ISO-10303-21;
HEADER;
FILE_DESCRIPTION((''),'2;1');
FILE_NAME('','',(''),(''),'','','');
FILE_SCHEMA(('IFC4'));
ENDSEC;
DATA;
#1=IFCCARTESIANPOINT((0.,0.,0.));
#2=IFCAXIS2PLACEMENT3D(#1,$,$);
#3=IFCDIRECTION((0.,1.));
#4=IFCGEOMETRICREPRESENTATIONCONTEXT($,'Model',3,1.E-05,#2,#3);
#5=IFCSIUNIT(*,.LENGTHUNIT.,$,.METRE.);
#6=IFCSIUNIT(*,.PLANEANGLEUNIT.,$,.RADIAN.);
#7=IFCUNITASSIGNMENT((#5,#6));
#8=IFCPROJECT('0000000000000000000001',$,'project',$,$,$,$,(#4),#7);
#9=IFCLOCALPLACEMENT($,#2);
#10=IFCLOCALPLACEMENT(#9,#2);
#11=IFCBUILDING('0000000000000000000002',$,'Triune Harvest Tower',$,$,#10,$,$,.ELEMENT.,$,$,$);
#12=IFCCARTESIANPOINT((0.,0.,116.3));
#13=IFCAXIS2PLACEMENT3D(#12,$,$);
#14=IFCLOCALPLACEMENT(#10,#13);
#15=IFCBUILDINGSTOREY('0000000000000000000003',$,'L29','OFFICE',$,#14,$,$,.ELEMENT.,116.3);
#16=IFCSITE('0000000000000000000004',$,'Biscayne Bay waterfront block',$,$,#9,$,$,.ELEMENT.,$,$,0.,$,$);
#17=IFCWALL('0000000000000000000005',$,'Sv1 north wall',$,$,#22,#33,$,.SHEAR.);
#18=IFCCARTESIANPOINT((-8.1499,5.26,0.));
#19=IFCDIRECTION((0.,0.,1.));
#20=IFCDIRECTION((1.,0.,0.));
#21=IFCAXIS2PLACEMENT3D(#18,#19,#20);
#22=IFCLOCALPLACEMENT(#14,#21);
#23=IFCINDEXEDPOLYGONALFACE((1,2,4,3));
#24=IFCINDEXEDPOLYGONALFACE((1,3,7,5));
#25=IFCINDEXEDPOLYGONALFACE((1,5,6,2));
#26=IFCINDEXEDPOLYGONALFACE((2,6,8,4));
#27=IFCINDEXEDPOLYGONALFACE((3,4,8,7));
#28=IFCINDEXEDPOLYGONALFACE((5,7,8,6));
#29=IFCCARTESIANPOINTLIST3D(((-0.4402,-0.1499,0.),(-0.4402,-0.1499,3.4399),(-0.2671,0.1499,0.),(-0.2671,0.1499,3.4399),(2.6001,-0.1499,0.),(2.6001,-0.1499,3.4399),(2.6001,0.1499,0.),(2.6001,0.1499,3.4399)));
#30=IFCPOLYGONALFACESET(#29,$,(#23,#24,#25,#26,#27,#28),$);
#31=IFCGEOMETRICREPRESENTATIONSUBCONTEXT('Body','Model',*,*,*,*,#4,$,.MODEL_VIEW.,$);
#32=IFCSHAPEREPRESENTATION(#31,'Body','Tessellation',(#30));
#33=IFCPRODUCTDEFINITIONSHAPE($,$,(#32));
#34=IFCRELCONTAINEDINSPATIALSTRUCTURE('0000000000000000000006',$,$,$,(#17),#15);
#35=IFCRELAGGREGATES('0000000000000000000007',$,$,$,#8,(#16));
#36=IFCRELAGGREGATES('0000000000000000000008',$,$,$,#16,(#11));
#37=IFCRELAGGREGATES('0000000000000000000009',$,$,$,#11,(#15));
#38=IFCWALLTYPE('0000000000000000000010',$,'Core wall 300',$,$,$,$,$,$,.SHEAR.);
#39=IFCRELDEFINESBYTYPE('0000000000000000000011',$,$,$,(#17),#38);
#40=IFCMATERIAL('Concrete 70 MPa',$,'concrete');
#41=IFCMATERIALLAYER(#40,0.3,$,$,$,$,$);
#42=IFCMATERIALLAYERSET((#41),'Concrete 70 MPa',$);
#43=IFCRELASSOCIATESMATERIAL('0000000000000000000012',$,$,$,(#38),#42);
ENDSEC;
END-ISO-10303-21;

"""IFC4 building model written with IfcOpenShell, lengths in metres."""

from ifc_helpers import new_model, si_unit, direction, frame, origin, place, context, subcontext, project, spatial, polyline, outline, extrude, source, transform, mapped, material, layer, layer_set, type_object, element, save


model = new_model("IFC4")

# Units and contexts
model_context = context("Model", 3, precision=1e-05, world=origin(), true_north=direction((0.0, 1.0)))
body_context = subcontext(model_context, "Body", "Model", "MODEL_VIEW")
ifc_project = project(units=[si_unit("LENGTHUNIT", "METRE"), si_unit("PLANEANGLEUNIT", "RADIAN")], contexts=[model_context])

# Site, building, storey
site_placement = place(None, origin())
site = spatial("IfcSite", under=ifc_project, at=site_placement, Name="Biscayne Bay waterfront block", CompositionType="ELEMENT", RefElevation=0.0)
building_placement = place(site_placement, origin())
building = spatial("IfcBuilding", under=site, at=building_placement, Name="Triune Harvest Tower", CompositionType="ELEMENT")
storey_placement = place(building_placement, frame((0.0, 0.0, 116.3)))
storey = spatial("IfcBuildingStorey", under=building, at=storey_placement, Name="L29", Description="OFFICE", CompositionType="ELEMENT", Elevation=116.3)

# Shared definitions
ifc_material_1 = material(Name="Concrete 70 MPa", Category="concrete")
ifc_layer_1 = layer(ifc_material_1, 0.3)
ifc_layer_set_1 = layer_set([ifc_layer_1], Name="Concrete 70 MPa")
wall_type_1 = type_object("IfcWallType", Name="Core wall 300", PredefinedType="SHEAR", material=ifc_layer_set_1)

# Wall
shared_shape_1 = source(origin(), body_context, "Body", "SweptSolid", [
    extrude(outline(polyline([(2.6001, -0.1499), (-0.4402, -0.1499), (-0.2671, 0.1499), (2.6001, 0.1499), (2.6001, -0.1499)])), origin(), (0.0, 0.0, 1.0), 3.4399),
])
wall_1_placement = place(storey_placement, frame((-8.1499, 5.26, 0.0), z_axis=(0.0, 0.0, 1.0), x_axis=(1.0, 0.0, 0.0)))
element("IfcWall", 1, at=wall_1_placement, inside=storey, type_object=wall_type_1, Name="Sv1 north wall", PredefinedType="SHEAR", context=body_context, shape_type="MappedRepresentation", body=[
    mapped(shared_shape_1, transform((0.0, 0.0, 0.0), scale=1.0)),
])

save(model, "model.ifc")
